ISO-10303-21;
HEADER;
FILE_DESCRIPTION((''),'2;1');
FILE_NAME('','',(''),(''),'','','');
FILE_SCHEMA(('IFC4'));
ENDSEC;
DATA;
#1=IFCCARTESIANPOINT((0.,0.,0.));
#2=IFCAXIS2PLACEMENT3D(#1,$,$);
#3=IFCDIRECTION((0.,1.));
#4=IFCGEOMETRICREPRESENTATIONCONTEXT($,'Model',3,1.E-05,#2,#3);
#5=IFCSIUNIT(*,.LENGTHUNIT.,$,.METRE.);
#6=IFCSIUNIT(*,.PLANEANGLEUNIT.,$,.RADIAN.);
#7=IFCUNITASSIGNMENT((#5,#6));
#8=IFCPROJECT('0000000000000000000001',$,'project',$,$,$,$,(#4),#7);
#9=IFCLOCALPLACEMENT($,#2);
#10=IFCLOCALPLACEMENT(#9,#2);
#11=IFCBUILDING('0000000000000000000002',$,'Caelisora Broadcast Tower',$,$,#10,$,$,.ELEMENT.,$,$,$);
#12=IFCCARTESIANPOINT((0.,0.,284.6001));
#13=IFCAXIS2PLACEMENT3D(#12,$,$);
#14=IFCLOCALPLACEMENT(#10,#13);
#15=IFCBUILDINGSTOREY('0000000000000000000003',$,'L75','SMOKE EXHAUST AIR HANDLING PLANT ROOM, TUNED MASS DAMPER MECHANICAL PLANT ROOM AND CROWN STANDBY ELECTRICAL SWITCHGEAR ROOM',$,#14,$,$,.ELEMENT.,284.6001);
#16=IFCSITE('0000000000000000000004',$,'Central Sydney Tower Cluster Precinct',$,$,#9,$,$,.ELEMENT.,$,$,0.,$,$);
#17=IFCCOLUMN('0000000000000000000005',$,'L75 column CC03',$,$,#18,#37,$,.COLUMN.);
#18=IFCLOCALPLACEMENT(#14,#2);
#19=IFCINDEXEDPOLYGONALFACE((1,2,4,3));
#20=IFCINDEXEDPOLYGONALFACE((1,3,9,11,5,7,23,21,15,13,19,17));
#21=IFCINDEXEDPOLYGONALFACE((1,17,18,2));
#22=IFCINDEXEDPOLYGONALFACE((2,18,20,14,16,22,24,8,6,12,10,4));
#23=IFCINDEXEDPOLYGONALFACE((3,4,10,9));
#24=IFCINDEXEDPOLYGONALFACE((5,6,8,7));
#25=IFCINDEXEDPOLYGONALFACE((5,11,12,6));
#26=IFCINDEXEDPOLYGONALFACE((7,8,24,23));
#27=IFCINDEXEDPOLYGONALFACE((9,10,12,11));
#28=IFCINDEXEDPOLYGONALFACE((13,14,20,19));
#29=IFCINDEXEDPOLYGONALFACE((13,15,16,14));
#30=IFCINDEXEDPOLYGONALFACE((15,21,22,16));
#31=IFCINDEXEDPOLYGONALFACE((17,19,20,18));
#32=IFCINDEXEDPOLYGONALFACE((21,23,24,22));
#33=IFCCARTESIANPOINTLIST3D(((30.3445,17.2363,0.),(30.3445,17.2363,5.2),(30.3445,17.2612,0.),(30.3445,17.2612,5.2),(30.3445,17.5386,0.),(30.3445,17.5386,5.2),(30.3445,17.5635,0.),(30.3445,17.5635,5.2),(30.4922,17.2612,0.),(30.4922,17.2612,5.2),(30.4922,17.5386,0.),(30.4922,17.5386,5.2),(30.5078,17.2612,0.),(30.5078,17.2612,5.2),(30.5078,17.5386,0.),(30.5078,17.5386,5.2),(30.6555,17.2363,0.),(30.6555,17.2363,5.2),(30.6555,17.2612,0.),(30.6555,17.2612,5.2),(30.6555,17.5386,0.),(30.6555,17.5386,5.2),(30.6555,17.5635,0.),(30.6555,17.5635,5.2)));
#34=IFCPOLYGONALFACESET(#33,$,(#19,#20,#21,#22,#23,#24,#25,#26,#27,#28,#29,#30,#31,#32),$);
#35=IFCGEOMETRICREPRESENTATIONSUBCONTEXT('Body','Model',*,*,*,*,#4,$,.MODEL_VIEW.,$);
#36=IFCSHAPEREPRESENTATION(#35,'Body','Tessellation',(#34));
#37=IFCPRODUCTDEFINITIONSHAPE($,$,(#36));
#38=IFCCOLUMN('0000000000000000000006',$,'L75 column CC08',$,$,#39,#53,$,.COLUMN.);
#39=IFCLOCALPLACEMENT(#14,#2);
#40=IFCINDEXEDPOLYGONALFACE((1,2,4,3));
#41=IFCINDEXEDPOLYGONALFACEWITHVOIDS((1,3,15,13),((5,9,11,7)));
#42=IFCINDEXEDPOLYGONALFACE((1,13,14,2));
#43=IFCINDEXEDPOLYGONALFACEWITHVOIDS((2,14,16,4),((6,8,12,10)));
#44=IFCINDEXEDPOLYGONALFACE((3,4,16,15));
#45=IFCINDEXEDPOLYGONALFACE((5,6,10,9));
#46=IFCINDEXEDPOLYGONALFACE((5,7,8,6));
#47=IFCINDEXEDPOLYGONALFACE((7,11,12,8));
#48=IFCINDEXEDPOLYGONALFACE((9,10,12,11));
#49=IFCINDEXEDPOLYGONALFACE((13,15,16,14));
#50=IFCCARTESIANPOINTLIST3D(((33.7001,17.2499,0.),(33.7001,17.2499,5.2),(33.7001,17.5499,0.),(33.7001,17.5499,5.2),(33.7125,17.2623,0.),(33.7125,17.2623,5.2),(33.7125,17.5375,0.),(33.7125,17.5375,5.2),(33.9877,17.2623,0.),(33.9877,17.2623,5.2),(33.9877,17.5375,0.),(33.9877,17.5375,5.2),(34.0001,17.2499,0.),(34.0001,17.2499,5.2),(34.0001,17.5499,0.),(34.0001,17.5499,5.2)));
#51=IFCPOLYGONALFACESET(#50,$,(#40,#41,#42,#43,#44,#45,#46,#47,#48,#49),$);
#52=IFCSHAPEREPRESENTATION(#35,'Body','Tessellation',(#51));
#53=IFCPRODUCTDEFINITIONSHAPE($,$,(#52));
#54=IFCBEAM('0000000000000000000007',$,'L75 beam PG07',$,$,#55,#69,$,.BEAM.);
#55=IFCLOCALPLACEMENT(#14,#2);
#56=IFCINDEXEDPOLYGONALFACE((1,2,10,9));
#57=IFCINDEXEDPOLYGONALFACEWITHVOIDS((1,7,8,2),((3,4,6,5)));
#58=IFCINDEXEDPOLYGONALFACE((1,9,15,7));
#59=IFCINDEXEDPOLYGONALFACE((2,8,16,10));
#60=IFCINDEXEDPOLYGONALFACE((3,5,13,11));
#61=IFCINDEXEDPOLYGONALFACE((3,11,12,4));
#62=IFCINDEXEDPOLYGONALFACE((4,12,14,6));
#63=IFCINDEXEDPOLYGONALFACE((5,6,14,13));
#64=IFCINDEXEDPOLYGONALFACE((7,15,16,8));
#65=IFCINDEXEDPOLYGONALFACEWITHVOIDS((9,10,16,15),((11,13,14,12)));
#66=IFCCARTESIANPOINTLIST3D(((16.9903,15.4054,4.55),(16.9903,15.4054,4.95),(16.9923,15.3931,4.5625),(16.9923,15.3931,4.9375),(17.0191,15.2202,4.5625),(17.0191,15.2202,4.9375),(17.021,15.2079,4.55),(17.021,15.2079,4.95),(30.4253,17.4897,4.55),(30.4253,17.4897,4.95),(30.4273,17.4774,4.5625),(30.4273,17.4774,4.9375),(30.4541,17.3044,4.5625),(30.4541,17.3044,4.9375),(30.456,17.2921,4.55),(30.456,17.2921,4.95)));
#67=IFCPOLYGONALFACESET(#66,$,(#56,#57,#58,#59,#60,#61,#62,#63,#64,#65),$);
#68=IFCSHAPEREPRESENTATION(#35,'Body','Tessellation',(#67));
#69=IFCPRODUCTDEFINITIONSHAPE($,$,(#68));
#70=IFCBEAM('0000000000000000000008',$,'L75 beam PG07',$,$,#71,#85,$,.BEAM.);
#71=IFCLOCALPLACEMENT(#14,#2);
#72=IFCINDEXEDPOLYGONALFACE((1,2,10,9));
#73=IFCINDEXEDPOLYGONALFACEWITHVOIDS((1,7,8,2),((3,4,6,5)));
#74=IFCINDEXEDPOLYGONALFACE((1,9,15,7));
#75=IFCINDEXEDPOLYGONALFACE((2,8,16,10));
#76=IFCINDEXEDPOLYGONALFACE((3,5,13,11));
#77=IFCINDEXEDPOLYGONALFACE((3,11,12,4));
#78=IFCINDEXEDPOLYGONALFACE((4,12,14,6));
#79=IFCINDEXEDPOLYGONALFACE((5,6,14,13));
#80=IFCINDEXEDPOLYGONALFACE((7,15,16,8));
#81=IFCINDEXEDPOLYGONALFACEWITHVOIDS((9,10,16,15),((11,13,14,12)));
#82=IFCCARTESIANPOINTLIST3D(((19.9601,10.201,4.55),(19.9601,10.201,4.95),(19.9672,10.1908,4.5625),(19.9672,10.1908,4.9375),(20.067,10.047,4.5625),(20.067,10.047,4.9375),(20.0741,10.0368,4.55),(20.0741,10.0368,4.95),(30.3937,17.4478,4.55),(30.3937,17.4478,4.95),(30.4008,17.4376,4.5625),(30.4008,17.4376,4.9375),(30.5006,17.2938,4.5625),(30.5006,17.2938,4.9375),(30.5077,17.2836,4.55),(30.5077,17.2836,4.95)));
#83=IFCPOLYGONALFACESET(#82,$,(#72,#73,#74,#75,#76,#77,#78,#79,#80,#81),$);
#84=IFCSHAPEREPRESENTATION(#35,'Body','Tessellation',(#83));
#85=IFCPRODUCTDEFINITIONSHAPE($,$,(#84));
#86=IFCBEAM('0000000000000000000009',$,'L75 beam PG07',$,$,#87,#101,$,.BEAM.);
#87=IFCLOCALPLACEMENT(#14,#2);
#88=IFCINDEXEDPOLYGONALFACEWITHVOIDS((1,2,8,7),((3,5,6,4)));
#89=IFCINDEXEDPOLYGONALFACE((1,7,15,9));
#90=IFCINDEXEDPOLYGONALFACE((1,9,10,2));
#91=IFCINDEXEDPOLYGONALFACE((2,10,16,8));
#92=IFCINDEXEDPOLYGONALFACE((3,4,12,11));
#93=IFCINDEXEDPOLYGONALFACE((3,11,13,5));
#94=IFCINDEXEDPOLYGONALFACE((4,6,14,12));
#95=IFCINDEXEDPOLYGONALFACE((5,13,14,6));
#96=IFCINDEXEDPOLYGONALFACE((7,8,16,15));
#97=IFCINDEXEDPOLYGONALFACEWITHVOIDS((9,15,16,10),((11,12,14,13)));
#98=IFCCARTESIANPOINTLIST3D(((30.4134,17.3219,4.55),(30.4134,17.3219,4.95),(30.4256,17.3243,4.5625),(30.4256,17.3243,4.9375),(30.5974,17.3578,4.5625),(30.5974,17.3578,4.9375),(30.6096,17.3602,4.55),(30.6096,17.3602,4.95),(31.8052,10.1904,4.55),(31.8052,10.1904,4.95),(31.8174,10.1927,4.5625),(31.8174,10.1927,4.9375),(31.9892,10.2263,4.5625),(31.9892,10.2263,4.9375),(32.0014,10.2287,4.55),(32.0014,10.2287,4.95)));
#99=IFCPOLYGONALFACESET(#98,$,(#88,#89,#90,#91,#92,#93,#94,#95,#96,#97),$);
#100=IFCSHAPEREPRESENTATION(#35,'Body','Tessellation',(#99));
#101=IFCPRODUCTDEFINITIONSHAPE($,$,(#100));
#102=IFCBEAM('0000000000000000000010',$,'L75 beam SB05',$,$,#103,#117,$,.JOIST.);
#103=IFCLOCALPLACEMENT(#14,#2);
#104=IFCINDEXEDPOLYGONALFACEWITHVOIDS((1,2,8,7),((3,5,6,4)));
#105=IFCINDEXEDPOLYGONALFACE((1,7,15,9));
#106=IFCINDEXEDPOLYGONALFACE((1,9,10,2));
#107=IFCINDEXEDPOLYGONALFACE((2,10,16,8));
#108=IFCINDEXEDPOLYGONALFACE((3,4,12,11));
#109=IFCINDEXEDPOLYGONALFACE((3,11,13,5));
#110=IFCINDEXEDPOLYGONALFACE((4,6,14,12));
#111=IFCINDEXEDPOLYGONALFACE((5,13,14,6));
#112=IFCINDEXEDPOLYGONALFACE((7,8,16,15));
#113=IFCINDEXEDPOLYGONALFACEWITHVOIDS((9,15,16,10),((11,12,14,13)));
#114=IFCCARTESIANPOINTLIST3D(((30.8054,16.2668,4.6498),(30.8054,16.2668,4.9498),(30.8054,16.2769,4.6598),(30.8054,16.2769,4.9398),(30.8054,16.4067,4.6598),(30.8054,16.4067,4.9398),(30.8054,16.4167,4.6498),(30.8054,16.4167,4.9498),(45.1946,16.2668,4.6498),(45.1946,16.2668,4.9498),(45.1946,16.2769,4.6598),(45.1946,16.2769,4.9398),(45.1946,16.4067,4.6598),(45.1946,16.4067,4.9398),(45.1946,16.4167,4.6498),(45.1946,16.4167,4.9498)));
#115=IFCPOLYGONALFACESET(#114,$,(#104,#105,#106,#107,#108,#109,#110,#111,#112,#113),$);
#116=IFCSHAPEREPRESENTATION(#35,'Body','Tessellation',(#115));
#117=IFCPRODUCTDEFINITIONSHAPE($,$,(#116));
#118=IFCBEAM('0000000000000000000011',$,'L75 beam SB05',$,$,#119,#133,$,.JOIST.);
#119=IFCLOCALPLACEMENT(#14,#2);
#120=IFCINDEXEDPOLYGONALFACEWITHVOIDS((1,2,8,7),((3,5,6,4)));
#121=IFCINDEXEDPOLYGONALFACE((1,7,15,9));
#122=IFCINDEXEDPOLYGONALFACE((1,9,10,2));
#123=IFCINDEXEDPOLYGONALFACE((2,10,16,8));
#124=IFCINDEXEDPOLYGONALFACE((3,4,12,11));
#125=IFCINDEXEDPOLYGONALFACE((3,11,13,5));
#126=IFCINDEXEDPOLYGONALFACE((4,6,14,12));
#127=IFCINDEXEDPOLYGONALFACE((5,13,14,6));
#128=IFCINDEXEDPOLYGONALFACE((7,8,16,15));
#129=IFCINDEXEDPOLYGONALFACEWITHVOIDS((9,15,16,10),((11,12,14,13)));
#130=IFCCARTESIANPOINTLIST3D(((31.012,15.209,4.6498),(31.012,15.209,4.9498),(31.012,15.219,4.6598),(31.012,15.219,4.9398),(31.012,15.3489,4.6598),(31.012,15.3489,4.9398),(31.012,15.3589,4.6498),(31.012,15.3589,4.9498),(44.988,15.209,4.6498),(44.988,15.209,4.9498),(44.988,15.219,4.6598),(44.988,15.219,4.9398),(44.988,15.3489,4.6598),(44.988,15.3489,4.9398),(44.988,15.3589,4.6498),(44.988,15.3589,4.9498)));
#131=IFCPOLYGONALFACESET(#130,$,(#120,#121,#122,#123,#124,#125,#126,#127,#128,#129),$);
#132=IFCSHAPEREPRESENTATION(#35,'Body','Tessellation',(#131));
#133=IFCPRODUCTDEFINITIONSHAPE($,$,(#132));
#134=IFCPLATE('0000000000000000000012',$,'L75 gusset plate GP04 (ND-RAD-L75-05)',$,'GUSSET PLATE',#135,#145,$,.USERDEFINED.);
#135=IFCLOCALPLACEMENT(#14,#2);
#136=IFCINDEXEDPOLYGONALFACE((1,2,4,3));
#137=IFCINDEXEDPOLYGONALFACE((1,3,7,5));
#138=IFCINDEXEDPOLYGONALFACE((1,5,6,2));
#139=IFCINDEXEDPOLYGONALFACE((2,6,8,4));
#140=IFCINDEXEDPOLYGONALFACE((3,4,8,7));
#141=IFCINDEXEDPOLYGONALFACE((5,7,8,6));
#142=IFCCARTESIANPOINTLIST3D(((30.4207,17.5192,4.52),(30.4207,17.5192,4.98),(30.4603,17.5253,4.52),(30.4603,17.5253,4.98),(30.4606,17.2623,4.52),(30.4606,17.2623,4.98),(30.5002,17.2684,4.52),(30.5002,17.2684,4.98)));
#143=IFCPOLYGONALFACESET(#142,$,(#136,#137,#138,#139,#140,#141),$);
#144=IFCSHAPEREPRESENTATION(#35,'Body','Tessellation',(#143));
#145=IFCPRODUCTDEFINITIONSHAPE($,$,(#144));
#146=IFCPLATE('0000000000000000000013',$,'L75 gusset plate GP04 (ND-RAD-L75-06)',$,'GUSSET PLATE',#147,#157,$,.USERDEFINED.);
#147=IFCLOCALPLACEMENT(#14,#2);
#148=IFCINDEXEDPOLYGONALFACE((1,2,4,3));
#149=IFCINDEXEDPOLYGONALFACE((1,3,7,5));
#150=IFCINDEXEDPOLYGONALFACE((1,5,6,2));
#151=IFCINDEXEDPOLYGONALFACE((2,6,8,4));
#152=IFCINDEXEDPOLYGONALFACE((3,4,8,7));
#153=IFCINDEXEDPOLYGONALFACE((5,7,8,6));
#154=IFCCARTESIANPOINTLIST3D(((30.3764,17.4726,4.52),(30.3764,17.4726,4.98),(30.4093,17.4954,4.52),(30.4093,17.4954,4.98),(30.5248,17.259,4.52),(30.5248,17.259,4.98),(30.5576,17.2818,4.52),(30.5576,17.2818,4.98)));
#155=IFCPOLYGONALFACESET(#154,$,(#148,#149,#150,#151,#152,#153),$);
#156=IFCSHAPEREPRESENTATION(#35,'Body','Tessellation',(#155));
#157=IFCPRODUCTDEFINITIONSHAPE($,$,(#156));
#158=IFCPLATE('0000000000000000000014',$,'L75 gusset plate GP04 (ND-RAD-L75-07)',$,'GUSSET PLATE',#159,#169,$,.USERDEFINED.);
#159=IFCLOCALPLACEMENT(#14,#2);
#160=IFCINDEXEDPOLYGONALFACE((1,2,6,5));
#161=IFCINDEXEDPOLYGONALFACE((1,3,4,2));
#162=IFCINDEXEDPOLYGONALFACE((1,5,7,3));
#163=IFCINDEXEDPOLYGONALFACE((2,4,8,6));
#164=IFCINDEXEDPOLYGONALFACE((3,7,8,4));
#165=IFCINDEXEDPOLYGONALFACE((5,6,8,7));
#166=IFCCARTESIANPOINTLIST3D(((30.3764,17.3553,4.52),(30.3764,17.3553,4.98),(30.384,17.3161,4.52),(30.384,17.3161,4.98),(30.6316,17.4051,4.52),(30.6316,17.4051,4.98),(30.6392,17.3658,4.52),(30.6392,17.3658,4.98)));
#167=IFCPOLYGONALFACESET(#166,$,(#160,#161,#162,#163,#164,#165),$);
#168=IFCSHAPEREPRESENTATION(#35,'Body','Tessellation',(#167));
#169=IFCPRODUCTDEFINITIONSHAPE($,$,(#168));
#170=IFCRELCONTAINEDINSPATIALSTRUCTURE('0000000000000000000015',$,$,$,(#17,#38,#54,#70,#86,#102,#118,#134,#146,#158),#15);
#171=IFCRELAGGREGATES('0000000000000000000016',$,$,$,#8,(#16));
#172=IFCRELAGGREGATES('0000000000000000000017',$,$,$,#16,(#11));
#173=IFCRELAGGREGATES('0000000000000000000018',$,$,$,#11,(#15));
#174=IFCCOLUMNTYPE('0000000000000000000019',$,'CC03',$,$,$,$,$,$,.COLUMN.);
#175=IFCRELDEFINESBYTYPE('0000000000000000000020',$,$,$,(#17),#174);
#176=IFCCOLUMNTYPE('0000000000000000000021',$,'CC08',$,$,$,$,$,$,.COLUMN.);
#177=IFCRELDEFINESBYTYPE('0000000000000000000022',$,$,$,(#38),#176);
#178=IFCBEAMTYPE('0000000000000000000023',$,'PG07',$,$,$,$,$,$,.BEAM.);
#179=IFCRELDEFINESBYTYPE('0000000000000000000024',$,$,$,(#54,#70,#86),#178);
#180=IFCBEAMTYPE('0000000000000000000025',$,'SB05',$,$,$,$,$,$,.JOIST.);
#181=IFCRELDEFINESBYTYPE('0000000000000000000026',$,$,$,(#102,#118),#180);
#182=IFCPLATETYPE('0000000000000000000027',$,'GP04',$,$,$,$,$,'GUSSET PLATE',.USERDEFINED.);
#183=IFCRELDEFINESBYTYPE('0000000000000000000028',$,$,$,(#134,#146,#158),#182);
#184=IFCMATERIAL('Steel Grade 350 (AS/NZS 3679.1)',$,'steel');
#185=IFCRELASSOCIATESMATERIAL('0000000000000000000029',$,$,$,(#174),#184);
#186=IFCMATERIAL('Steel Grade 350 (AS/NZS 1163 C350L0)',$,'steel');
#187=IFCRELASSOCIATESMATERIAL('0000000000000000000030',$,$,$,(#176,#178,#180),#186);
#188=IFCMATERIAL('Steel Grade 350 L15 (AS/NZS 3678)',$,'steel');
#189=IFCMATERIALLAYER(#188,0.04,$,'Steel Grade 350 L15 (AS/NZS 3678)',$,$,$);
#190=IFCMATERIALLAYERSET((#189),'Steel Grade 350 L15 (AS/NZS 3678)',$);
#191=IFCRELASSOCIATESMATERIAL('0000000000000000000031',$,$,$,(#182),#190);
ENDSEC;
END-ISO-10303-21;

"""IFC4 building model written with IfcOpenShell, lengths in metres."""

from ifc_helpers import new_model, si_unit, direction, frame, origin, origin_2d, place, context, subcontext, project, spatial, rectangle, hollow_rectangle, i_section, extrude, source, transform, mapped, material, layer, layer_set, material_profile, profile_set, type_object, type_shapes, element, save


model = new_model("IFC4")

# Units and contexts
model_context = context("Model", 3, precision=1e-05, world=origin(), true_north=direction((0.0, 1.0)))
body_context = subcontext(model_context, "Body", "Model", "MODEL_VIEW")
ifc_project = project(units=[si_unit("LENGTHUNIT", "METRE"), si_unit("PLANEANGLEUNIT", "RADIAN")], contexts=[model_context])

# Site, building, storey
site_placement = place(None, origin())
site = spatial("IfcSite", under=ifc_project, at=site_placement, Name="Central Sydney Tower Cluster Precinct", CompositionType="ELEMENT", RefElevation=0.0)
building_placement = place(site_placement, origin())
building = spatial("IfcBuilding", under=site, at=building_placement, Name="Caelisora Broadcast Tower", CompositionType="ELEMENT")
storey_placement = place(building_placement, frame((0.0, 0.0, 284.6001)))
storey = spatial("IfcBuildingStorey", under=building, at=storey_placement, Name="L75", Description="SMOKE EXHAUST AIR HANDLING PLANT ROOM, TUNED MASS DAMPER MECHANICAL PLANT ROOM AND CROWN STANDBY ELECTRICAL SWITCHGEAR ROOM", CompositionType="ELEMENT", Elevation=284.6001)

# Columns
ifc_material_1 = material(Name="Steel Grade 350 (AS/NZS 3679.1)", Category="steel")
ifc_material_profile_1 = material_profile(ifc_material_1, i_section(OverallWidth=0.311, OverallDepth=0.3271, WebThickness=0.0156, FlangeThickness=0.0249, at=origin_2d()), Name="Steel Grade 350 (AS/NZS 3679.1)")
ifc_profile_set_1 = profile_set([ifc_material_profile_1], Name="Steel Grade 350 (AS/NZS 3679.1)")
column_type_1 = type_object("IfcColumnType", Name="CC03", PredefinedType="COLUMN", material=ifc_profile_set_1)
shared_shape_1 = source(origin(), body_context, "Body", "SweptSolid", [
    extrude(i_section(OverallWidth=0.311, OverallDepth=0.3271, WebThickness=0.0156, FlangeThickness=0.0249, at=origin_2d()), origin(), (0.0, 0.0, 1.0), 5.2),
])
type_shapes(column_type_1, [shared_shape_1])
column_1_placement = place(storey_placement, frame((30.5, 17.3999, 0.0), z_axis=(0.0, 0.0, 1.0), x_axis=(1.0, 0.0, 0.0)))
element("IfcColumn", 1, at=column_1_placement, inside=storey, type_object=column_type_1, Name="L75 column CC03", PredefinedType="COLUMN", context=body_context, shape_type="MappedRepresentation", body=[
    mapped(shared_shape_1, transform((0.0, 0.0, 0.0), scale=1.0)),
])
ifc_material_2 = material(Name="Steel Grade 350 (AS/NZS 1163 C350L0)", Category="steel")
ifc_material_profile_2 = material_profile(ifc_material_2, hollow_rectangle(XDim=0.3, YDim=0.3, WallThickness=0.0125, at=origin_2d()), Name="Steel Grade 350 (AS/NZS 1163 C350L0)")
ifc_profile_set_2 = profile_set([ifc_material_profile_2], Name="Steel Grade 350 (AS/NZS 1163 C350L0)")
column_type_2 = type_object("IfcColumnType", Name="CC08", PredefinedType="COLUMN", material=ifc_profile_set_2)
shared_shape_2 = source(origin(), body_context, "Body", "SweptSolid", [
    extrude(hollow_rectangle(XDim=0.3, YDim=0.3, WallThickness=0.0125, at=origin_2d()), origin(), (0.0, 0.0, 1.0), 5.2),
])
type_shapes(column_type_2, [shared_shape_2])
column_2_placement = place(storey_placement, frame((33.8501, 17.3999, 0.0), z_axis=(0.0, 0.0, 1.0), x_axis=(1.0, 0.0, 0.0)))
element("IfcColumn", 2, at=column_2_placement, inside=storey, type_object=column_type_2, Name="L75 column CC08", PredefinedType="COLUMN", context=body_context, shape_type="MappedRepresentation", body=[
    mapped(shared_shape_2, transform((0.0, 0.0, 0.0), scale=1.0)),
])

# Beams
ifc_material_profile_3 = material_profile(ifc_material_2, hollow_rectangle(XDim=0.2, YDim=0.3999, WallThickness=0.0125, at=origin_2d()), Name="Steel Grade 350 (AS/NZS 1163 C350L0)")
ifc_profile_set_3 = profile_set([ifc_material_profile_3], Name="Steel Grade 350 (AS/NZS 1163 C350L0)")
beam_type_1 = type_object("IfcBeamType", Name="PG07", PredefinedType="BEAM", material=ifc_profile_set_3)
shared_shape_3 = source(origin(), body_context, "Body", "SweptSolid", [
    extrude(hollow_rectangle(XDim=0.2, YDim=0.3999, WallThickness=0.0125, at=origin_2d()), origin(), (0.0, 0.0, 1.0), 13.5957),
])
beam_1_placement = place(storey_placement, frame((30.4407, 17.3909, 4.75), z_axis=(-0.98818, -0.1533, 0.0), x_axis=(0.1533, -0.98818, 0.0)))
element("IfcBeam", 3, at=beam_1_placement, inside=storey, type_object=beam_type_1, Name="L75 beam PG07", PredefinedType="BEAM", context=body_context, shape_type="MappedRepresentation", body=[
    mapped(shared_shape_3, transform((0.0, 0.0, 0.0), scale=1.0)),
])
shared_shape_4 = source(origin(), body_context, "Body", "SweptSolid", [
    extrude(hollow_rectangle(XDim=0.2, YDim=0.3999, WallThickness=0.0125, at=origin_2d()), origin(), (0.0, 0.0, 1.0), 12.7034),
])
beam_2_placement = place(storey_placement, frame((30.4507, 17.3657, 4.75), z_axis=(-0.821323, -0.570464, 0.0), x_axis=(0.570464, -0.821323, 0.0)))
element("IfcBeam", 4, at=beam_2_placement, inside=storey, type_object=beam_type_1, Name="L75 beam PG07", PredefinedType="BEAM", context=body_context, shape_type="MappedRepresentation", body=[
    mapped(shared_shape_4, transform((0.0, 0.0, 0.0), scale=1.0)),
])
shared_shape_5 = source(origin(), body_context, "Body", "SweptSolid", [
    extrude(hollow_rectangle(XDim=0.2, YDim=0.3999, WallThickness=0.0125, at=origin_2d()), origin(), (0.0, 0.0, 1.0), 7.2661),
])
type_shapes(beam_type_1, [shared_shape_3, shared_shape_4, shared_shape_5])
beam_3_placement = place(storey_placement, frame((30.5115, 17.3411, 4.75), z_axis=(0.191552, -0.981482, 0.0), x_axis=(0.981482, 0.191552, 0.0)))
element("IfcBeam", 5, at=beam_3_placement, inside=storey, type_object=beam_type_1, Name="L75 beam PG07", PredefinedType="BEAM", context=body_context, shape_type="MappedRepresentation", body=[
    mapped(shared_shape_5, transform((0.0, 0.0, 0.0), scale=1.0)),
])
ifc_material_profile_4 = material_profile(ifc_material_2, hollow_rectangle(XDim=0.1499, YDim=0.3, WallThickness=0.01, at=origin_2d()), Name="Steel Grade 350 (AS/NZS 1163 C350L0)")
ifc_profile_set_4 = profile_set([ifc_material_profile_4], Name="Steel Grade 350 (AS/NZS 1163 C350L0)")
beam_type_2 = type_object("IfcBeamType", Name="SB05", PredefinedType="JOIST", material=ifc_profile_set_4)
shared_shape_6 = source(origin(), body_context, "Body", "SweptSolid", [
    extrude(hollow_rectangle(XDim=0.1499, YDim=0.3, WallThickness=0.01, at=origin_2d()), origin(), (0.0, 0.0, 1.0), 14.3892),
])
beam_4_placement = place(storey_placement, frame((30.8054, 16.3418, 4.7998), z_axis=(1.0, 0.0, 0.0), x_axis=(0.0, 1.0, 0.0)))
element("IfcBeam", 6, at=beam_4_placement, inside=storey, type_object=beam_type_2, Name="L75 beam SB05", PredefinedType="JOIST", context=body_context, shape_type="MappedRepresentation", body=[
    mapped(shared_shape_6, transform((0.0, 0.0, 0.0), scale=1.0)),
])
shared_shape_7 = source(origin(), body_context, "Body", "SweptSolid", [
    extrude(hollow_rectangle(XDim=0.1499, YDim=0.3, WallThickness=0.01, at=origin_2d()), origin(), (0.0, 0.0, 1.0), 13.9761),
])
type_shapes(beam_type_2, [shared_shape_6, shared_shape_7])
beam_5_placement = place(storey_placement, frame((31.012, 15.2839, 4.7998), z_axis=(1.0, 0.0, 0.0), x_axis=(0.0, 1.0, 0.0)))
element("IfcBeam", 7, at=beam_5_placement, inside=storey, type_object=beam_type_2, Name="L75 beam SB05", PredefinedType="JOIST", context=body_context, shape_type="MappedRepresentation", body=[
    mapped(shared_shape_7, transform((0.0, 0.0, 0.0), scale=1.0)),
])

# Plates
ifc_material_3 = material(Name="Steel Grade 350 L15 (AS/NZS 3678)", Category="steel")
ifc_layer_1 = layer(ifc_material_3, 0.04, Name="Steel Grade 350 L15 (AS/NZS 3678)")
ifc_layer_set_1 = layer_set([ifc_layer_1], Name="Steel Grade 350 L15 (AS/NZS 3678)")
plate_type = type_object("IfcPlateType", Name="GP04", ElementType="GUSSET PLATE", PredefinedType="USERDEFINED", material=ifc_layer_set_1)
shared_shape_8 = source(origin(), body_context, "Body", "SweptSolid", [
    extrude(rectangle(XDim=0.26, YDim=0.04, at=origin_2d()), origin(), (0.0, 0.0, 1.0), 0.46),
])
for number, where, z_axis, x_axis, name in (
    (8, (30.4604, 17.3938, 4.52), (0.0, 0.0, 1.0), (0.153331, -0.988175, 0.0), "L75 gusset plate GP04 (ND-RAD-L75-05)"),
    (9, (30.467, 17.3772, 4.52), (0.0, 0.0, 1.0), (0.570427, -0.821348, 0.0), "L75 gusset plate GP04 (ND-RAD-L75-06)"),
    (10, (30.5078, 17.3606, 4.52), (0.0, 0.0, 1.0), (0.981494, 0.191494, 0.0), "L75 gusset plate GP04 (ND-RAD-L75-07)"),
):
    element("IfcPlate", number, at=place(storey_placement, frame(where, z_axis=z_axis, x_axis=x_axis)), inside=storey, type_object=plate_type, Name=name, ObjectType="GUSSET PLATE", PredefinedType="USERDEFINED", context=body_context, shape_type="MappedRepresentation", body=[
        mapped(shared_shape_8, transform((0.0, 0.0, 0.0), scale=1.0)),
    ])

save(model, "model.ifc")
